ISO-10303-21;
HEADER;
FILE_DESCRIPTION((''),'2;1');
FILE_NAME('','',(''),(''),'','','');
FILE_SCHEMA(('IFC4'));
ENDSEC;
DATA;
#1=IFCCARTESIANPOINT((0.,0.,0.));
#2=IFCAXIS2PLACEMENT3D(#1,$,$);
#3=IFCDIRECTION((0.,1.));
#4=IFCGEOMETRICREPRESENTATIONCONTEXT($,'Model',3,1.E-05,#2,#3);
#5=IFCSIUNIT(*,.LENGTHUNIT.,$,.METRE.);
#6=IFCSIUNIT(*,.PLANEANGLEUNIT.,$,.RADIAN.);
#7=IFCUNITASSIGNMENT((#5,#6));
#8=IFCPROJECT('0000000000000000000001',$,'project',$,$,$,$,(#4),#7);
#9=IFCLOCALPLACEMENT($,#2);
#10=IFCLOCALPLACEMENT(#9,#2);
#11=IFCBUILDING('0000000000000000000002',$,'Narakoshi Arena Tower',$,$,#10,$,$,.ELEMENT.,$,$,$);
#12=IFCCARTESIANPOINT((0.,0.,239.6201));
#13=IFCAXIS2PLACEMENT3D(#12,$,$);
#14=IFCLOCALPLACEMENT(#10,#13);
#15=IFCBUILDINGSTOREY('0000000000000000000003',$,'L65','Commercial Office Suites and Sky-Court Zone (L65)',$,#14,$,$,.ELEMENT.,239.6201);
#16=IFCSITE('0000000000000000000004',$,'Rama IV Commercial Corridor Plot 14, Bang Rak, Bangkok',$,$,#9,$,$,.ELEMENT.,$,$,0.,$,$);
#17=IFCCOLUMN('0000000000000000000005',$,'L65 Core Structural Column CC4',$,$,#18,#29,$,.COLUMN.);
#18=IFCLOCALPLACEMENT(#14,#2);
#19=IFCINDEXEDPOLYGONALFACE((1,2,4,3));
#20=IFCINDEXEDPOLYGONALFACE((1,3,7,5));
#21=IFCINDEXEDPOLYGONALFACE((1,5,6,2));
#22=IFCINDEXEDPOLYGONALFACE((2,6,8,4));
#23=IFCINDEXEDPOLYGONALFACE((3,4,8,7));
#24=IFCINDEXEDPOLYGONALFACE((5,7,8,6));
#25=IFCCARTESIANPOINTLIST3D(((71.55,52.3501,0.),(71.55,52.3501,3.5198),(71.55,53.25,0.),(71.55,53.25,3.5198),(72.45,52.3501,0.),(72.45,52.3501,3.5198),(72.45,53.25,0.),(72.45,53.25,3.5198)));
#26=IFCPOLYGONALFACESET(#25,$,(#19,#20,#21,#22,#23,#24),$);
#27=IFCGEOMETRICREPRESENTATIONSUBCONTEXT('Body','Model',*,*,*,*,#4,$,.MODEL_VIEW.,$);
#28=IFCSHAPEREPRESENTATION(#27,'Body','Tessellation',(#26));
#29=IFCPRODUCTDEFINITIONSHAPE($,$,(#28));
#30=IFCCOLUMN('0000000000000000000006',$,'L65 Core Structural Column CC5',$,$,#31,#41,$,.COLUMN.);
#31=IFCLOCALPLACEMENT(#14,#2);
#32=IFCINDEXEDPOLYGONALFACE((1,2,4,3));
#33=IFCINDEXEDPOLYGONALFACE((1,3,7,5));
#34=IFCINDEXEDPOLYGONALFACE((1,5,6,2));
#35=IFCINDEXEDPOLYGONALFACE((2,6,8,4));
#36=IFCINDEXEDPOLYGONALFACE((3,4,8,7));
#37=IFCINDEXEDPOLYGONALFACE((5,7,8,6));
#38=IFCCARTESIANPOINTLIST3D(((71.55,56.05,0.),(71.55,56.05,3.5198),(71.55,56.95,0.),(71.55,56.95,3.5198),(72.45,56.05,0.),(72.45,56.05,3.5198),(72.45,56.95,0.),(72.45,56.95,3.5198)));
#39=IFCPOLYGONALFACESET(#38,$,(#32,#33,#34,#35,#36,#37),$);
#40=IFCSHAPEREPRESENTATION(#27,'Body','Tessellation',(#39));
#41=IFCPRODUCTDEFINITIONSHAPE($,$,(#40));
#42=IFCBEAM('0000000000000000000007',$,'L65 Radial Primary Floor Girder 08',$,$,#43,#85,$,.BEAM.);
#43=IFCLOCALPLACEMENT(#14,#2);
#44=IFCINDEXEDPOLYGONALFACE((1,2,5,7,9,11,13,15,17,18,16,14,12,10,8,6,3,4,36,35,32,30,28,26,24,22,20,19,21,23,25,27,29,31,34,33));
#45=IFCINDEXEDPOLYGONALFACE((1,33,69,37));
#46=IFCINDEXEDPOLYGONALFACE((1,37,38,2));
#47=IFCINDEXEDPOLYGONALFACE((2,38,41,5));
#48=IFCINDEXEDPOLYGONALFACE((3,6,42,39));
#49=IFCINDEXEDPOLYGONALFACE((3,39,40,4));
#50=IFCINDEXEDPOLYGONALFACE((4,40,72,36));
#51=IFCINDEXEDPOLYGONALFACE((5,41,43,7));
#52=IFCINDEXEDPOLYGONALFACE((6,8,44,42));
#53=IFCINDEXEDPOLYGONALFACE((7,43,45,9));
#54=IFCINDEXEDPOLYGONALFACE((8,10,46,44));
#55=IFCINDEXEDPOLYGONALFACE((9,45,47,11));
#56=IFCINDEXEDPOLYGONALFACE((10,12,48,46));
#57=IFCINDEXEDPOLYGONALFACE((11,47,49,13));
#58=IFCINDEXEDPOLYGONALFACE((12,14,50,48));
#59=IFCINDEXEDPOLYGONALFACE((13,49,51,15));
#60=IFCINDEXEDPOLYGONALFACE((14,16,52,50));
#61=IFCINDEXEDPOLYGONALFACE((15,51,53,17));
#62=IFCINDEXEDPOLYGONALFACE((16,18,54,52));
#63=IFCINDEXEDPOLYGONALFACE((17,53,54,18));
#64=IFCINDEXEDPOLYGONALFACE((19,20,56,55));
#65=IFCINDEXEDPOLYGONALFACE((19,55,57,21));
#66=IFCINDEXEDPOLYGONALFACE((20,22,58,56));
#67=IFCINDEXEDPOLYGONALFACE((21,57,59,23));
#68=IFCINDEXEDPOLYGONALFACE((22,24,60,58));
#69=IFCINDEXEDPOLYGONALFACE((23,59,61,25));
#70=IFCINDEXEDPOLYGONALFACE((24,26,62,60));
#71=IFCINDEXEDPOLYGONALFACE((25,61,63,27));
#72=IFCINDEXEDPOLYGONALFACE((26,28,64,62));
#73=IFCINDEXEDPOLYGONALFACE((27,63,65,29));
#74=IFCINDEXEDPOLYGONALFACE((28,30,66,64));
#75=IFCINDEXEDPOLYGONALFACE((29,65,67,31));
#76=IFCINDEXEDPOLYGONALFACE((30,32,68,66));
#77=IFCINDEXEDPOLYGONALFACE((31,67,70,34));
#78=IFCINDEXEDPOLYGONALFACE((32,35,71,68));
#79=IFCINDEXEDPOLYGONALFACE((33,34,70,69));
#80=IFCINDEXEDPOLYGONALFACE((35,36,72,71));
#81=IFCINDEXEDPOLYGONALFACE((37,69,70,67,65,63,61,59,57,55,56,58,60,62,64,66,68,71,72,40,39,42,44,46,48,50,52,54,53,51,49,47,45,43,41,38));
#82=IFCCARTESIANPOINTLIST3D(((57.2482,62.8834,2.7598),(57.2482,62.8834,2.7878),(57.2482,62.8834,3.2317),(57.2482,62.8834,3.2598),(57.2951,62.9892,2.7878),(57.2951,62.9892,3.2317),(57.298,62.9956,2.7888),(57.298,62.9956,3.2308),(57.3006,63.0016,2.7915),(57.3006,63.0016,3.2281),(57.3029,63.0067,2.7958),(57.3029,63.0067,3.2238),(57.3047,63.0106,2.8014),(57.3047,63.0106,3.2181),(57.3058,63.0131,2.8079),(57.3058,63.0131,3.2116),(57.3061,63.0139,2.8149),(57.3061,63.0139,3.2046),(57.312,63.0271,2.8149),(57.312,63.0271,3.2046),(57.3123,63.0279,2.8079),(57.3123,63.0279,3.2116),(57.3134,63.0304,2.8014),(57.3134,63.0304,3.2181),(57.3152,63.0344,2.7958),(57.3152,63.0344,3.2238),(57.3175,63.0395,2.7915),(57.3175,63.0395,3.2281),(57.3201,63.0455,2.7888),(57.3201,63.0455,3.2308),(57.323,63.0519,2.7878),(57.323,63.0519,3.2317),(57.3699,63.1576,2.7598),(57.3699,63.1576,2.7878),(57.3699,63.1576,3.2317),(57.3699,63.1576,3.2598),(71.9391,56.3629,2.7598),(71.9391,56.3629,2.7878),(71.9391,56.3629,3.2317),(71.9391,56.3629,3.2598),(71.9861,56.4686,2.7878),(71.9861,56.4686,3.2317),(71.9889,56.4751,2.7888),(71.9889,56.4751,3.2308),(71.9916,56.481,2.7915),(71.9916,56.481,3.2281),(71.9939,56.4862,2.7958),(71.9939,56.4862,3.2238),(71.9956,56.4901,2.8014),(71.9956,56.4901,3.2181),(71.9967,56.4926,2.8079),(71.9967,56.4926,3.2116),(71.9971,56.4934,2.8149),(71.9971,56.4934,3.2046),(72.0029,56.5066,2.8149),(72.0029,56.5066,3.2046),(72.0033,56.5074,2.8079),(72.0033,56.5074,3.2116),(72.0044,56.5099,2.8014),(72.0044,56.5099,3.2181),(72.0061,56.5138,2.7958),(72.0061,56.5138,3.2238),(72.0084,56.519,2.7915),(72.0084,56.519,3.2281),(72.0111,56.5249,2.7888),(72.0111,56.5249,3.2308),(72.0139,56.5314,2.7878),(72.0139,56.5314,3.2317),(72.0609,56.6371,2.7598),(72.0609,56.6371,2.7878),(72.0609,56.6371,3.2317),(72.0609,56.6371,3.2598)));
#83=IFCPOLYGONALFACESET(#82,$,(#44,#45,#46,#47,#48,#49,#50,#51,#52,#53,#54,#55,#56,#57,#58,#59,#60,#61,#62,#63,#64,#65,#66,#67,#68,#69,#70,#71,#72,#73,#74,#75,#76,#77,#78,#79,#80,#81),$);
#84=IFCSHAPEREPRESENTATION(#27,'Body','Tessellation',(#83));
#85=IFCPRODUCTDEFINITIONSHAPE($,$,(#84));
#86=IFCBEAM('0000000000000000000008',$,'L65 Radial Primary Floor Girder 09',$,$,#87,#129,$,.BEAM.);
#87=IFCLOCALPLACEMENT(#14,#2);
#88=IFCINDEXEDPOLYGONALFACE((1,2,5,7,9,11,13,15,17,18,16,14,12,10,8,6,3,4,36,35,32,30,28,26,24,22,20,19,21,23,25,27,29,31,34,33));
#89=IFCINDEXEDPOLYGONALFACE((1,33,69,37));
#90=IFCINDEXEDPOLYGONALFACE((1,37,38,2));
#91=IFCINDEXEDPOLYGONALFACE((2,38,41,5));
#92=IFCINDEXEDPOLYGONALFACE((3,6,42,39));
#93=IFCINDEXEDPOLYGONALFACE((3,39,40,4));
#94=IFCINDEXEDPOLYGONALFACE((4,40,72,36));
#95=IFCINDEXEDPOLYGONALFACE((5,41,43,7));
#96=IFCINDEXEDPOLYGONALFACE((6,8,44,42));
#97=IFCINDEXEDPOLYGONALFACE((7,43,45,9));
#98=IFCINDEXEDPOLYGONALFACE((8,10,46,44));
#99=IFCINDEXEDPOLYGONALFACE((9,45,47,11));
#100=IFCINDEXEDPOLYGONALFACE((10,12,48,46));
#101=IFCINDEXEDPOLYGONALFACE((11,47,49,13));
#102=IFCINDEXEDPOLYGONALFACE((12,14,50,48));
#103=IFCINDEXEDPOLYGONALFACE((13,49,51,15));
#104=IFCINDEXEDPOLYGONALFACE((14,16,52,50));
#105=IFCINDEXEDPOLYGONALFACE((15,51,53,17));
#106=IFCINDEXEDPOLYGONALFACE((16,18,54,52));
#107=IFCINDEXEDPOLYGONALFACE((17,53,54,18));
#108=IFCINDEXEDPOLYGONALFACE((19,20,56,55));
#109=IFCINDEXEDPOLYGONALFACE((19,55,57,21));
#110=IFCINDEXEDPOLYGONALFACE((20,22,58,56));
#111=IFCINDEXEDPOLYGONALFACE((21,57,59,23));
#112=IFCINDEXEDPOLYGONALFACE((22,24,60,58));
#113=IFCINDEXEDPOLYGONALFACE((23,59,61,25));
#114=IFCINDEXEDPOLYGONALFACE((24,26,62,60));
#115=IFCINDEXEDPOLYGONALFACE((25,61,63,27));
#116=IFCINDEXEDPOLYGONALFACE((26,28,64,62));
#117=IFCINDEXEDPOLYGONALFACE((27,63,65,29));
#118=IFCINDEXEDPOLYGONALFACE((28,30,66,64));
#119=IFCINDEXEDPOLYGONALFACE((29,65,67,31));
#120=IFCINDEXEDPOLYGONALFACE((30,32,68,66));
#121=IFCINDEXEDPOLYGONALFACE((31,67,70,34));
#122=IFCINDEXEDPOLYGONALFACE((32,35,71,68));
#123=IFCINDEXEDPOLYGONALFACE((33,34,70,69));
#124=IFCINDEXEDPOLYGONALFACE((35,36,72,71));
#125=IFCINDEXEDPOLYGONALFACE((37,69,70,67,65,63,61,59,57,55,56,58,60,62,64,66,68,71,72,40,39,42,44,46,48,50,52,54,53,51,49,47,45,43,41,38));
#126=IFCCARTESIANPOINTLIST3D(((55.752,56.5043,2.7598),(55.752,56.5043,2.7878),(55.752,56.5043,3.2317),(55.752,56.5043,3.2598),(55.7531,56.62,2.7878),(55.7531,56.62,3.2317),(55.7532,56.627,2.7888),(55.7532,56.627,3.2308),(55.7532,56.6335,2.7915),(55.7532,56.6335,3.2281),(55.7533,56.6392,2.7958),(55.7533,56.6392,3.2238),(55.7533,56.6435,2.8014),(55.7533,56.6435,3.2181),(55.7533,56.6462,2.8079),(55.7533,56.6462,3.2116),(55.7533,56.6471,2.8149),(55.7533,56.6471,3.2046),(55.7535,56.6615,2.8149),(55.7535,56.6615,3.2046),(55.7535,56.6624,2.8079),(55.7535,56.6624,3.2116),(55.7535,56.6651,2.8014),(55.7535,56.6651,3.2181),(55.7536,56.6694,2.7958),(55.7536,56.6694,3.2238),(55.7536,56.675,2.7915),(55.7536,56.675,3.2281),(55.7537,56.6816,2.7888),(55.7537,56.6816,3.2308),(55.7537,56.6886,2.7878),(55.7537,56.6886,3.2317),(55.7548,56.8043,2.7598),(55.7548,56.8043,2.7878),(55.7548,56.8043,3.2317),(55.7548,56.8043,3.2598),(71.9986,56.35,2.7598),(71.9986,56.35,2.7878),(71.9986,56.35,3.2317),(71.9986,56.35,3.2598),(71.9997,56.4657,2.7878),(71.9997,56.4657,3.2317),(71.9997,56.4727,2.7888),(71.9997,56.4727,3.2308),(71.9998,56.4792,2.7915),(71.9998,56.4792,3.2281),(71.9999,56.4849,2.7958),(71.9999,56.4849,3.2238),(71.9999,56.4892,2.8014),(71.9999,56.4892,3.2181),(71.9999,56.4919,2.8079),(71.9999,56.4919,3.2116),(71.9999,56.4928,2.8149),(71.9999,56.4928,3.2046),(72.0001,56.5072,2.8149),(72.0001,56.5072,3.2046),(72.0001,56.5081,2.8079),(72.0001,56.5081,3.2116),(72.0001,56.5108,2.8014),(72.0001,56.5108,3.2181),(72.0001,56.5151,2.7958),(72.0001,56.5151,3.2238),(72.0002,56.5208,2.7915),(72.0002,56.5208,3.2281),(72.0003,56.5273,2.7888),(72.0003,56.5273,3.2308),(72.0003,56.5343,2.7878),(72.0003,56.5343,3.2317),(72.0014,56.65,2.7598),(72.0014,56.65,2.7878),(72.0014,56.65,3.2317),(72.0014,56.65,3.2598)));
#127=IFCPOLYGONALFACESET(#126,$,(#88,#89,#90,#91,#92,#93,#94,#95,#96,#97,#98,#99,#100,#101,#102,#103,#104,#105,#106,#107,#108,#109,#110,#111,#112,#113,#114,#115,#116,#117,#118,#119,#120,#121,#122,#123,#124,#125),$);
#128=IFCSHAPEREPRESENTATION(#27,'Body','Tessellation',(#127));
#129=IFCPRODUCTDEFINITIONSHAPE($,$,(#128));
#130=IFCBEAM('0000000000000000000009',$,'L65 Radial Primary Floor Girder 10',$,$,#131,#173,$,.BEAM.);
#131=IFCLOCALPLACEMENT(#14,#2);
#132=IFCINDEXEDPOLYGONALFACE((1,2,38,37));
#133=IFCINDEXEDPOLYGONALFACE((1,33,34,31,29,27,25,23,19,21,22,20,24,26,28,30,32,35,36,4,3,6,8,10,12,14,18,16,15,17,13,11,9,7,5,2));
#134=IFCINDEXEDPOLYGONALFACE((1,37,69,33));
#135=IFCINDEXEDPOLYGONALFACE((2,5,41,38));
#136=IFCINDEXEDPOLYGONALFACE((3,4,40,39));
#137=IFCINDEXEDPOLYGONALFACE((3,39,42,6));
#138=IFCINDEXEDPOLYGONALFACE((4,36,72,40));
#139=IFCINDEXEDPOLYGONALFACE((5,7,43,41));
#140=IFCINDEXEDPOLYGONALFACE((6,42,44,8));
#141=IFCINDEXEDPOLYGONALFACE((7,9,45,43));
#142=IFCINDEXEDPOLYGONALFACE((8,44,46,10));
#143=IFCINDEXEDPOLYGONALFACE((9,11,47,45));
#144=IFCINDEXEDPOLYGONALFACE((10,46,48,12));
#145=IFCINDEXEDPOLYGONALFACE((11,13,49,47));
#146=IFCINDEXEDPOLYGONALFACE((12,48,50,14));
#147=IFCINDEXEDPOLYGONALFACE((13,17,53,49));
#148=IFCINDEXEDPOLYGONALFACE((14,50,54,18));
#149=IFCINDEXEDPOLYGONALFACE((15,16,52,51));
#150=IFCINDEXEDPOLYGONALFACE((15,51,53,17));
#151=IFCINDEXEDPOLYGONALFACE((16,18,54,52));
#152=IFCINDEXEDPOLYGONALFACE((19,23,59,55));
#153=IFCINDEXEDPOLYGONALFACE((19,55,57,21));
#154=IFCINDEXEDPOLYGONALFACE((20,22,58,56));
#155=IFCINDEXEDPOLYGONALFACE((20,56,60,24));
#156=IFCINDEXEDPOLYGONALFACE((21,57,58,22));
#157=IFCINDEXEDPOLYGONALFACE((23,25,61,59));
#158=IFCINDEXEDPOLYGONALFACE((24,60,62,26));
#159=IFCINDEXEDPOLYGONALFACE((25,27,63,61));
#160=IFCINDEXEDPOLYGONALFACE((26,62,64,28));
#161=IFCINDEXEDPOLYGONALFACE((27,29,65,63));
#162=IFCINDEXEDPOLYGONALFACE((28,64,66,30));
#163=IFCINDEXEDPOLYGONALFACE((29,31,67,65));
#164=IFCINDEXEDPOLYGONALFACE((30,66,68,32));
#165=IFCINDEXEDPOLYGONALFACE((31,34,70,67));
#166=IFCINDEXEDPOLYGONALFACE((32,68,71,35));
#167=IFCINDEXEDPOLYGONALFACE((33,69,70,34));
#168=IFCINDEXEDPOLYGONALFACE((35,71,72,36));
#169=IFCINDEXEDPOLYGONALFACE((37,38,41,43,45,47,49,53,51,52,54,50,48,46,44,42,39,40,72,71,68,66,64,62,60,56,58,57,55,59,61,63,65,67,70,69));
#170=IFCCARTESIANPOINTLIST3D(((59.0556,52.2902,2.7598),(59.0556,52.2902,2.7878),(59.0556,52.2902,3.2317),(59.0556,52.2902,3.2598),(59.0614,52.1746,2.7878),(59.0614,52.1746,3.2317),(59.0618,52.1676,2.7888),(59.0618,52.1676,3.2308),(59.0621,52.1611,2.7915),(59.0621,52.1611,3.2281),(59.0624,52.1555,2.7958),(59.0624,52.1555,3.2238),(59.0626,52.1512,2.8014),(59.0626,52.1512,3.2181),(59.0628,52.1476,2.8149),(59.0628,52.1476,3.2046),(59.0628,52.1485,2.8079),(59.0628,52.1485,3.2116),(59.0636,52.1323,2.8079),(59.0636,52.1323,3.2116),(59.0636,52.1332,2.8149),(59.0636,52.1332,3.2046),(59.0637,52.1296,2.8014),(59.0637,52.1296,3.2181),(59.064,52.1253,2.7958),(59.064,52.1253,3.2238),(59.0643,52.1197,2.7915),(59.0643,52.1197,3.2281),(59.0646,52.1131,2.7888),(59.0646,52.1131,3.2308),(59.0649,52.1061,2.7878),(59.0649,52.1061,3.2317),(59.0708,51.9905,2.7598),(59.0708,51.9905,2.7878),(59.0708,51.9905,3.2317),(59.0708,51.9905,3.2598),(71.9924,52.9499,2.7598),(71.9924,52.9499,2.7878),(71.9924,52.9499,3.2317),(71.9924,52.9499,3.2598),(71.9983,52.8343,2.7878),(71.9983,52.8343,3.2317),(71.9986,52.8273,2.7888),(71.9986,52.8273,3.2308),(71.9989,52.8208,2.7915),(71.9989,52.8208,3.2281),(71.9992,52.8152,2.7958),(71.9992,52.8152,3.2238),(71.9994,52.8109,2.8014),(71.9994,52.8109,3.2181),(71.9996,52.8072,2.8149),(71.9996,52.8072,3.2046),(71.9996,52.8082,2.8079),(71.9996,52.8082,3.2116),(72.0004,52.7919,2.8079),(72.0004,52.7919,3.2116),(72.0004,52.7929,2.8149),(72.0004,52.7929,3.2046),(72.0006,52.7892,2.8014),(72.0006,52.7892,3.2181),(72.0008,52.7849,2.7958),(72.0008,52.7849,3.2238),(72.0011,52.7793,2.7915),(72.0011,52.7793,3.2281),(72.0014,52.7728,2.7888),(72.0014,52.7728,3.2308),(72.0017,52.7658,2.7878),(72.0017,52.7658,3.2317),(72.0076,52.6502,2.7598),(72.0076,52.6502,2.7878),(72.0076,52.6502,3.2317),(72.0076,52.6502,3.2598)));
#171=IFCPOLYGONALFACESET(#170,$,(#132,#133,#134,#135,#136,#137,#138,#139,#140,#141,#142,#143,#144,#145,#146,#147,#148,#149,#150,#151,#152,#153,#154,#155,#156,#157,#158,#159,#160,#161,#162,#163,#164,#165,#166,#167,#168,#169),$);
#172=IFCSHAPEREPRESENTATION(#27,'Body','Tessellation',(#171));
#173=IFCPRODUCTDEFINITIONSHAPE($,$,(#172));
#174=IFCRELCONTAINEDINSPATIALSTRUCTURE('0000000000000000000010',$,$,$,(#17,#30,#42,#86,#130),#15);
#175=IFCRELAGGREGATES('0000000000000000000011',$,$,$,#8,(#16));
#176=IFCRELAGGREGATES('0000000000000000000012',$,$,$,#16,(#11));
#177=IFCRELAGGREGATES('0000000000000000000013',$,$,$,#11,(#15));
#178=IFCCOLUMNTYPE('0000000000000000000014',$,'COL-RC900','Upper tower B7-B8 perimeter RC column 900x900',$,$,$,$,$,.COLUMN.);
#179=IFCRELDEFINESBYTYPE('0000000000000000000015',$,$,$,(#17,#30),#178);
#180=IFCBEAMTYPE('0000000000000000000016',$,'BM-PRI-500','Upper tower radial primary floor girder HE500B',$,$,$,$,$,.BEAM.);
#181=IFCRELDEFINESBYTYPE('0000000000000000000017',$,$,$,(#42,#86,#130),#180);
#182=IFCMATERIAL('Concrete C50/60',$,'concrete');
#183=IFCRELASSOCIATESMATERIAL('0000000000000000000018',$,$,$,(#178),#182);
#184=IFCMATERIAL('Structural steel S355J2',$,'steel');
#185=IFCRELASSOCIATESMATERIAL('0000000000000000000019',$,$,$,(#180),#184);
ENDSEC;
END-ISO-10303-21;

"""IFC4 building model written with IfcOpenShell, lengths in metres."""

from ifc_helpers import new_model, si_unit, direction, frame, origin, origin_2d, place, context, subcontext, project, spatial, rectangle, i_section, extrude, material, material_profile, profile_set, type_object, element, save


model = new_model("IFC4")

# Units and contexts
model_context = context("Model", 3, precision=1e-05, world=origin(), true_north=direction((0.0, 1.0)))
body_context = subcontext(model_context, "Body", "Model", "MODEL_VIEW")
ifc_project = project(units=[si_unit("LENGTHUNIT", "METRE"), si_unit("PLANEANGLEUNIT", "RADIAN")], contexts=[model_context])

# Site, building, storey
site_placement = place(None, origin())
site = spatial("IfcSite", under=ifc_project, at=site_placement, Name="Rama IV Commercial Corridor Plot 14, Bang Rak, Bangkok", CompositionType="ELEMENT", RefElevation=0.0)
building_placement = place(site_placement, origin())
building = spatial("IfcBuilding", under=site, at=building_placement, Name="Narakoshi Arena Tower", CompositionType="ELEMENT")
storey_placement = place(building_placement, frame((0.0, 0.0, 239.6201)))
storey = spatial("IfcBuildingStorey", under=building, at=storey_placement, Name="L65", Description="Commercial Office Suites and Sky-Court Zone (L65)", CompositionType="ELEMENT", Elevation=239.6201)

# Columns
ifc_material_1 = material(Name="Concrete C50/60", Category="concrete")
ifc_material_profile_1 = material_profile(ifc_material_1, rectangle(XDim=0.8999, YDim=0.8999, at=origin_2d()), Name="RC900x900")
ifc_profile_set_1 = profile_set([ifc_material_profile_1], Name="Concrete C50/60")
column_type = type_object("IfcColumnType", Name="COL-RC900", Description="Upper tower B7-B8 perimeter RC column 900x900", PredefinedType="COLUMN", material=ifc_profile_set_1)
for number, where, z_axis, x_axis, name in (
    (1, (72.0, 52.8, 0.0), (0.0, 0.0, 1.0), (1.0, 0.0, 0.0), "L65 Core Structural Column CC4"),
    (2, (72.0, 56.5, 0.0), (0.0, 0.0, 1.0), (1.0, 0.0, 0.0), "L65 Core Structural Column CC5"),
):
    element("IfcColumn", number, at=place(storey_placement, frame(where, z_axis=z_axis, x_axis=x_axis)), inside=storey, type_object=column_type, Name=name, PredefinedType="COLUMN", context=body_context, shape_type="SweptSolid", body=[
        extrude(rectangle(XDim=0.8999, YDim=0.8999, at=origin_2d()), origin(), (0.0, 0.0, 1.0), 3.5198),
    ])

# Beams
ifc_material_2 = material(Name="Structural steel S355J2", Category="steel")
ifc_material_profile_2 = material_profile(ifc_material_2, i_section(OverallWidth=0.3, OverallDepth=0.5, WebThickness=0.0144, FlangeThickness=0.0281, FilletRadius=0.0271, at=origin_2d()), Name="HE500B")
ifc_profile_set_2 = profile_set([ifc_material_profile_2], Name="Structural steel S355J2")
beam_type = type_object("IfcBeamType", Name="BM-PRI-500", Description="Upper tower radial primary floor girder HE500B", PredefinedType="BEAM", material=ifc_profile_set_2)
beam_1_placement = place(storey_placement, frame((72.0, 56.5, 3.0098), z_axis=(-0.914014, 0.405682, 0.0), x_axis=(-0.405682, -0.914014, 0.0)))
element("IfcBeam", 3, at=beam_1_placement, inside=storey, type_object=beam_type, Name="L65 Radial Primary Floor Girder 08", PredefinedType="BEAM", context=body_context, shape_type="SweptSolid", body=[
    extrude(i_section(OverallWidth=0.3, OverallDepth=0.5, WebThickness=0.0144, FlangeThickness=0.0281, FilletRadius=0.0271, at=origin_2d()), origin(), (0.0, 0.0, 1.0), 16.073),
])
beam_2_placement = place(storey_placement, frame((72.0, 56.5, 3.0098), z_axis=(-0.999955, 0.009497, 0.0), x_axis=(-0.009497, -0.999955, 0.0)))
element("IfcBeam", 4, at=beam_2_placement, inside=storey, type_object=beam_type, Name="L65 Radial Primary Floor Girder 09", PredefinedType="BEAM", context=body_context, shape_type="SweptSolid", body=[
    extrude(i_section(OverallWidth=0.3, OverallDepth=0.5, WebThickness=0.0144, FlangeThickness=0.0281, FilletRadius=0.0271, at=origin_2d()), origin(), (0.0, 0.0, 1.0), 16.2473),
])
beam_3_placement = place(storey_placement, frame((72.0, 52.8, 3.0098), z_axis=(-0.998702, -0.050926, 0.0), x_axis=(0.050926, -0.998702, 0.0)))
element("IfcBeam", 5, at=beam_3_placement, inside=storey, type_object=beam_type, Name="L65 Radial Primary Floor Girder 10", PredefinedType="BEAM", context=body_context, shape_type="SweptSolid", body=[
    extrude(i_section(OverallWidth=0.3, OverallDepth=0.5, WebThickness=0.0144, FlangeThickness=0.0281, FilletRadius=0.0271, at=origin_2d()), origin(), (0.0, 0.0, 1.0), 12.9536),
])

save(model, "model.ifc")
